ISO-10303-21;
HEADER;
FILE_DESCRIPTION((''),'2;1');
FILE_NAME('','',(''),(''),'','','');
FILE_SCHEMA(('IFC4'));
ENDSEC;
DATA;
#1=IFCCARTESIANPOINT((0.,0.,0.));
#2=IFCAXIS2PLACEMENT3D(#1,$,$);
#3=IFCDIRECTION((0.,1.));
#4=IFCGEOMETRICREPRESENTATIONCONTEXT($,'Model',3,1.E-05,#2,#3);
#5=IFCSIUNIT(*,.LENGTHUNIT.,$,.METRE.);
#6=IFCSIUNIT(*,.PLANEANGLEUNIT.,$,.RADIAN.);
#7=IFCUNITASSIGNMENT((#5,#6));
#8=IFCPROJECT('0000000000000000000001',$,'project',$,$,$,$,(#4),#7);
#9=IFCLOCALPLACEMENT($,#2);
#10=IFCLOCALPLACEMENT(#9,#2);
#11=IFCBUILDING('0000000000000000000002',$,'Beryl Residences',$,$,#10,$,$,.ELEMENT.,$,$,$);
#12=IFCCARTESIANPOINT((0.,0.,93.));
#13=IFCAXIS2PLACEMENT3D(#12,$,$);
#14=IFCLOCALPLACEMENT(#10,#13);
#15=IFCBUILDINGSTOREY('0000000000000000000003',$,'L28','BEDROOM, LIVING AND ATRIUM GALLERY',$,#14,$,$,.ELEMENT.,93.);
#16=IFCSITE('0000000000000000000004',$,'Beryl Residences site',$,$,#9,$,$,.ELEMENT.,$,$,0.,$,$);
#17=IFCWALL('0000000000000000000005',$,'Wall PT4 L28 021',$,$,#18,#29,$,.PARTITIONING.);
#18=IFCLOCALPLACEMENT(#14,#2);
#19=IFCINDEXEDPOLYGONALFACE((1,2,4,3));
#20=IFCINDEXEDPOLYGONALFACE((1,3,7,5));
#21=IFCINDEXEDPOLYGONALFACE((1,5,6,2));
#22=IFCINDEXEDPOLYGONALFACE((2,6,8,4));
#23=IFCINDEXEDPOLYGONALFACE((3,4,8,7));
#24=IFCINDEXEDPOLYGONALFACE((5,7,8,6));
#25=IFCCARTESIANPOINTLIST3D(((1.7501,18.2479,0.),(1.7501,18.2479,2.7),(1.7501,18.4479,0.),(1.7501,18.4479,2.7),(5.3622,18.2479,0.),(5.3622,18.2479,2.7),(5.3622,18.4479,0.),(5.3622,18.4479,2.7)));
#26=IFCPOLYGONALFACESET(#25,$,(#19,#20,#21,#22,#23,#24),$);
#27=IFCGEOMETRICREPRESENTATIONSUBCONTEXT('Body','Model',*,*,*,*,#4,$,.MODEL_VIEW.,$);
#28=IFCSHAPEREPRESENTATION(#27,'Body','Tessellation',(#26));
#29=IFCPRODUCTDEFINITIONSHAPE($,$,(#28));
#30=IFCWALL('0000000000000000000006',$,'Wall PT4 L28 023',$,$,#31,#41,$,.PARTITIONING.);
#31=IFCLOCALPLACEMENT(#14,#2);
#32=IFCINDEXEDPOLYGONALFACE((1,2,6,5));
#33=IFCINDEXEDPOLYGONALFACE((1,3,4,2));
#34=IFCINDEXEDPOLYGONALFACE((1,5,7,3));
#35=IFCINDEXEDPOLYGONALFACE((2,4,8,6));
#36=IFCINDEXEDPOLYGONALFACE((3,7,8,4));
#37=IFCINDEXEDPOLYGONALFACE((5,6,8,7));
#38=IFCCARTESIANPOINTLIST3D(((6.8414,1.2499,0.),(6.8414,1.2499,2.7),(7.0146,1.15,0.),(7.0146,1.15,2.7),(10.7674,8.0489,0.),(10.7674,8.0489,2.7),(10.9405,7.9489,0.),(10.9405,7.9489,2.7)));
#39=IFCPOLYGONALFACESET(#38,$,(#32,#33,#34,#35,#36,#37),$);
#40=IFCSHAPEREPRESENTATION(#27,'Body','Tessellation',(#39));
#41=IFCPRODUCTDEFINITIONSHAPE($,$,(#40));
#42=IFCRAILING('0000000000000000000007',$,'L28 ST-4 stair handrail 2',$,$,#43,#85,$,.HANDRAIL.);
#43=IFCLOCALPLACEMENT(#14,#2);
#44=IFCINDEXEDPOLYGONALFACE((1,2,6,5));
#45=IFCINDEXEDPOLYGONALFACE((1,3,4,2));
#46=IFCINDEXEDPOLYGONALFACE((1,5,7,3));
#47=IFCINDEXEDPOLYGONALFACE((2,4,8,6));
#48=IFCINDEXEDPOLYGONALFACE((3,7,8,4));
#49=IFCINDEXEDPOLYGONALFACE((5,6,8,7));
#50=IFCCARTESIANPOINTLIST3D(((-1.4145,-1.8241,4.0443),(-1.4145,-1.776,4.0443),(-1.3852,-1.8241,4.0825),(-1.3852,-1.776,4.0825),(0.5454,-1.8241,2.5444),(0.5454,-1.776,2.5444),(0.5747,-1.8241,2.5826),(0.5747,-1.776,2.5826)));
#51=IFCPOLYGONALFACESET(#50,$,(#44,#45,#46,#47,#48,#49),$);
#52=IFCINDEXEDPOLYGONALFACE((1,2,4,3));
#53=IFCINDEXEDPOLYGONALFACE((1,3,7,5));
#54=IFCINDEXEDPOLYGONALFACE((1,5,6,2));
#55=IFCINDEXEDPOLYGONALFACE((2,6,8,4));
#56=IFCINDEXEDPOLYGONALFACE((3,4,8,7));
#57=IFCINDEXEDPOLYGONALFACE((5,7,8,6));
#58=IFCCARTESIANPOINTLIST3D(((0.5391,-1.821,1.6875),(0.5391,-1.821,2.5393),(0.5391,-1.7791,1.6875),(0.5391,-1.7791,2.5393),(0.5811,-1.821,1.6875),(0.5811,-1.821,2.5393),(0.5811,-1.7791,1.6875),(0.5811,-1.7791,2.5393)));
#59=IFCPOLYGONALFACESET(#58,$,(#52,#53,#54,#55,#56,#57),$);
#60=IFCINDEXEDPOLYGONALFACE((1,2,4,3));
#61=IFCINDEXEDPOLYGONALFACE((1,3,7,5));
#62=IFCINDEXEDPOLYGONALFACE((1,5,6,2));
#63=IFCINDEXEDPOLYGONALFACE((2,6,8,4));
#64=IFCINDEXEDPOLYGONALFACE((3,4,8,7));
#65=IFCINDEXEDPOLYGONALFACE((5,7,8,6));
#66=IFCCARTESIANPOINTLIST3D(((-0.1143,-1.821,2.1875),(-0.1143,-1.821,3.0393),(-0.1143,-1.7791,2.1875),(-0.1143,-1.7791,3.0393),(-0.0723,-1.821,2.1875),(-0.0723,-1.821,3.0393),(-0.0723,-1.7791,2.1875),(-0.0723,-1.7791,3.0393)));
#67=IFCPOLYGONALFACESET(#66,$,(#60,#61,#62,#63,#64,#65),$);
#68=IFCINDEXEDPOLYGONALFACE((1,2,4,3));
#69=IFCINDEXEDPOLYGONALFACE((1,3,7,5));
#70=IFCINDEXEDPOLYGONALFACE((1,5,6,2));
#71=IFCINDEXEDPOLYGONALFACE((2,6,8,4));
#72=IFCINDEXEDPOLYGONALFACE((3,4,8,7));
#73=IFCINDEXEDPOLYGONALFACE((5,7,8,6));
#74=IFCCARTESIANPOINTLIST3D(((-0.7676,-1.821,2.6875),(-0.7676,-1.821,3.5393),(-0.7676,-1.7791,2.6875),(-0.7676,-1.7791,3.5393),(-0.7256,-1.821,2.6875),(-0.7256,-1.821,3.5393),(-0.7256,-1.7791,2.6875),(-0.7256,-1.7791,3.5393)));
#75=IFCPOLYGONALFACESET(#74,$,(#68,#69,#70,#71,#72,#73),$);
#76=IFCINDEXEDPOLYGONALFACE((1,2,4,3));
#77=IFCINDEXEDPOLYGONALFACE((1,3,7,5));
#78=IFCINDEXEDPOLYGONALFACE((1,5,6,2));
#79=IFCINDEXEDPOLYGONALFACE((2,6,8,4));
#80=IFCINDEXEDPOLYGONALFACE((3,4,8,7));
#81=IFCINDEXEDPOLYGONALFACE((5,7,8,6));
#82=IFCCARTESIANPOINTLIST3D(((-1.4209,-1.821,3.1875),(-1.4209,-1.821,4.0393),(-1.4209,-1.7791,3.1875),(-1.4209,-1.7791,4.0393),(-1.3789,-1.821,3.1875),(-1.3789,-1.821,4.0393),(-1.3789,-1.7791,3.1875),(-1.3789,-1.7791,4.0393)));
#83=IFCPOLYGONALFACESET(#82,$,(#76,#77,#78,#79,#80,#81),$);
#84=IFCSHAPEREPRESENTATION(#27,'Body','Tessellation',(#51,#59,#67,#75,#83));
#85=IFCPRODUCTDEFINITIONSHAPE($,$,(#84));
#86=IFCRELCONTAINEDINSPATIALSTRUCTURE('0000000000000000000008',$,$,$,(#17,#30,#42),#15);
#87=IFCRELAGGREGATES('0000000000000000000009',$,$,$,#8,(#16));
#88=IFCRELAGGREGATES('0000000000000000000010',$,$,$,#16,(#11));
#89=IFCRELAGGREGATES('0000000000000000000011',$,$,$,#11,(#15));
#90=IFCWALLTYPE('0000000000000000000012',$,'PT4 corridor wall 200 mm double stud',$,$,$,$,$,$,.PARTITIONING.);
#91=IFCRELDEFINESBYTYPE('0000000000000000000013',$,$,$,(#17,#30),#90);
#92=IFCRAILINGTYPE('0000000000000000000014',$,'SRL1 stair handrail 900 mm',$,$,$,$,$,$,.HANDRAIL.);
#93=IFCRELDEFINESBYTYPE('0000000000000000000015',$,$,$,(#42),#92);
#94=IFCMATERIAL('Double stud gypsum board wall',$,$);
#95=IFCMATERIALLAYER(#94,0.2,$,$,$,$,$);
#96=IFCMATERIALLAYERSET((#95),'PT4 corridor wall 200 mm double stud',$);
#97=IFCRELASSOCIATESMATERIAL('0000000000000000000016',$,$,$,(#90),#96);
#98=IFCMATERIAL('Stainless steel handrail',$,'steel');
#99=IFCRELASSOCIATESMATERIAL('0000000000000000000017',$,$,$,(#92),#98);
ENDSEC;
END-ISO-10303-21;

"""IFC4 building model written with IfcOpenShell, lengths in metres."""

from ifc_helpers import new_model, si_unit, direction, frame, frame_2d, origin, origin_2d, place, context, subcontext, project, spatial, rectangle, extrude, material, layer, layer_set, type_object, element, save


model = new_model("IFC4")

# Units and contexts
model_context = context("Model", 3, precision=1e-05, world=origin(), true_north=direction((0.0, 1.0)))
body_context = subcontext(model_context, "Body", "Model", "MODEL_VIEW")
ifc_project = project(units=[si_unit("LENGTHUNIT", "METRE"), si_unit("PLANEANGLEUNIT", "RADIAN")], contexts=[model_context])

# Site, building, storey
site_placement = place(None, origin())
site = spatial("IfcSite", under=ifc_project, at=site_placement, Name="Beryl Residences site", CompositionType="ELEMENT", RefElevation=0.0)
building_placement = place(site_placement, origin())
building = spatial("IfcBuilding", under=site, at=building_placement, Name="Beryl Residences", CompositionType="ELEMENT")
storey_placement = place(building_placement, frame((0.0, 0.0, 93.0)))
storey = spatial("IfcBuildingStorey", under=building, at=storey_placement, Name="L28", Description="BEDROOM, LIVING AND ATRIUM GALLERY", CompositionType="ELEMENT", Elevation=93.0)

# Shared definitions
ifc_material_1 = material(Name="Double stud gypsum board wall")
ifc_layer_1 = layer(ifc_material_1, 0.2)
ifc_layer_set_1 = layer_set([ifc_layer_1], Name="PT4 corridor wall 200 mm double stud")
wall_type_1 = type_object("IfcWallType", Name="PT4 corridor wall 200 mm double stud", PredefinedType="PARTITIONING", material=ifc_layer_set_1)

# Walls
wall_1_placement = place(storey_placement, frame((1.75, 18.3479, 0.0), z_axis=(0.0, 0.0, 1.0), x_axis=(1.0, 0.0, 0.0)))
element("IfcWall", 1, at=wall_1_placement, inside=storey, type_object=wall_type_1, Name="Wall PT4 L28 021", PredefinedType="PARTITIONING", context=body_context, shape_type="SweptSolid", body=[
    extrude(rectangle(XDim=3.6121, YDim=0.2, at=frame_2d((1.8062, 0.0))), origin(), (0.0, 0.0, 1.0), 2.7),
])
wall_2_placement = place(storey_placement, frame((6.928, 1.2, 0.0), z_axis=(0.0, 0.0, 1.0), x_axis=(0.500055, 0.865993, 0.0)))
element("IfcWall", 2, at=wall_2_placement, inside=storey, type_object=wall_type_1, Name="Wall PT4 L28 023", PredefinedType="PARTITIONING", context=body_context, shape_type="SweptSolid", body=[
    extrude(rectangle(XDim=7.8511, YDim=0.2, at=frame_2d((3.9255, 0.0))), origin(), (0.0, 0.0, 1.0), 2.7),
])

# Railing
ifc_material_2 = material(Name="Stainless steel handrail", Category="steel")
railing_type_1 = type_object("IfcRailingType", Name="SRL1 stair handrail 900 mm", PredefinedType="HANDRAIL", material=ifc_material_2)
railing_1_placement = place(storey_placement, frame((0.5601, -1.8, 1.6875)))
element("IfcRailing", 3, at=railing_1_placement, inside=storey, type_object=railing_type_1, Name="L28 ST-4 stair handrail 2", PredefinedType="HANDRAIL", context=body_context, shape_type="SweptSolid", body=[
    extrude(rectangle(XDim=0.0481, YDim=0.0481, at=origin_2d()), frame((0.0, 0.0, 0.876), z_axis=(-0.794122, 0.0, 0.607758), x_axis=(0.0, -1.0, 0.0)), (0.0, 0.0, 1.0), 2.468),
    extrude(rectangle(XDim=0.042, YDim=0.042, at=origin_2d()), origin(), (0.0, 0.0, 1.0), 0.8518),
    extrude(rectangle(XDim=0.042, YDim=0.042, at=origin_2d()), frame((-0.6533, 0.0, 0.5)), (0.0, 0.0, 1.0), 0.8518),
    extrude(rectangle(XDim=0.042, YDim=0.042, at=origin_2d()), frame((-1.3066, 0.0, 1.0)), (0.0, 0.0, 1.0), 0.8518),
    extrude(rectangle(XDim=0.042, YDim=0.042, at=origin_2d()), frame((-1.96, 0.0, 1.5)), (0.0, 0.0, 1.0), 0.8518),
])

save(model, "model.ifc")
